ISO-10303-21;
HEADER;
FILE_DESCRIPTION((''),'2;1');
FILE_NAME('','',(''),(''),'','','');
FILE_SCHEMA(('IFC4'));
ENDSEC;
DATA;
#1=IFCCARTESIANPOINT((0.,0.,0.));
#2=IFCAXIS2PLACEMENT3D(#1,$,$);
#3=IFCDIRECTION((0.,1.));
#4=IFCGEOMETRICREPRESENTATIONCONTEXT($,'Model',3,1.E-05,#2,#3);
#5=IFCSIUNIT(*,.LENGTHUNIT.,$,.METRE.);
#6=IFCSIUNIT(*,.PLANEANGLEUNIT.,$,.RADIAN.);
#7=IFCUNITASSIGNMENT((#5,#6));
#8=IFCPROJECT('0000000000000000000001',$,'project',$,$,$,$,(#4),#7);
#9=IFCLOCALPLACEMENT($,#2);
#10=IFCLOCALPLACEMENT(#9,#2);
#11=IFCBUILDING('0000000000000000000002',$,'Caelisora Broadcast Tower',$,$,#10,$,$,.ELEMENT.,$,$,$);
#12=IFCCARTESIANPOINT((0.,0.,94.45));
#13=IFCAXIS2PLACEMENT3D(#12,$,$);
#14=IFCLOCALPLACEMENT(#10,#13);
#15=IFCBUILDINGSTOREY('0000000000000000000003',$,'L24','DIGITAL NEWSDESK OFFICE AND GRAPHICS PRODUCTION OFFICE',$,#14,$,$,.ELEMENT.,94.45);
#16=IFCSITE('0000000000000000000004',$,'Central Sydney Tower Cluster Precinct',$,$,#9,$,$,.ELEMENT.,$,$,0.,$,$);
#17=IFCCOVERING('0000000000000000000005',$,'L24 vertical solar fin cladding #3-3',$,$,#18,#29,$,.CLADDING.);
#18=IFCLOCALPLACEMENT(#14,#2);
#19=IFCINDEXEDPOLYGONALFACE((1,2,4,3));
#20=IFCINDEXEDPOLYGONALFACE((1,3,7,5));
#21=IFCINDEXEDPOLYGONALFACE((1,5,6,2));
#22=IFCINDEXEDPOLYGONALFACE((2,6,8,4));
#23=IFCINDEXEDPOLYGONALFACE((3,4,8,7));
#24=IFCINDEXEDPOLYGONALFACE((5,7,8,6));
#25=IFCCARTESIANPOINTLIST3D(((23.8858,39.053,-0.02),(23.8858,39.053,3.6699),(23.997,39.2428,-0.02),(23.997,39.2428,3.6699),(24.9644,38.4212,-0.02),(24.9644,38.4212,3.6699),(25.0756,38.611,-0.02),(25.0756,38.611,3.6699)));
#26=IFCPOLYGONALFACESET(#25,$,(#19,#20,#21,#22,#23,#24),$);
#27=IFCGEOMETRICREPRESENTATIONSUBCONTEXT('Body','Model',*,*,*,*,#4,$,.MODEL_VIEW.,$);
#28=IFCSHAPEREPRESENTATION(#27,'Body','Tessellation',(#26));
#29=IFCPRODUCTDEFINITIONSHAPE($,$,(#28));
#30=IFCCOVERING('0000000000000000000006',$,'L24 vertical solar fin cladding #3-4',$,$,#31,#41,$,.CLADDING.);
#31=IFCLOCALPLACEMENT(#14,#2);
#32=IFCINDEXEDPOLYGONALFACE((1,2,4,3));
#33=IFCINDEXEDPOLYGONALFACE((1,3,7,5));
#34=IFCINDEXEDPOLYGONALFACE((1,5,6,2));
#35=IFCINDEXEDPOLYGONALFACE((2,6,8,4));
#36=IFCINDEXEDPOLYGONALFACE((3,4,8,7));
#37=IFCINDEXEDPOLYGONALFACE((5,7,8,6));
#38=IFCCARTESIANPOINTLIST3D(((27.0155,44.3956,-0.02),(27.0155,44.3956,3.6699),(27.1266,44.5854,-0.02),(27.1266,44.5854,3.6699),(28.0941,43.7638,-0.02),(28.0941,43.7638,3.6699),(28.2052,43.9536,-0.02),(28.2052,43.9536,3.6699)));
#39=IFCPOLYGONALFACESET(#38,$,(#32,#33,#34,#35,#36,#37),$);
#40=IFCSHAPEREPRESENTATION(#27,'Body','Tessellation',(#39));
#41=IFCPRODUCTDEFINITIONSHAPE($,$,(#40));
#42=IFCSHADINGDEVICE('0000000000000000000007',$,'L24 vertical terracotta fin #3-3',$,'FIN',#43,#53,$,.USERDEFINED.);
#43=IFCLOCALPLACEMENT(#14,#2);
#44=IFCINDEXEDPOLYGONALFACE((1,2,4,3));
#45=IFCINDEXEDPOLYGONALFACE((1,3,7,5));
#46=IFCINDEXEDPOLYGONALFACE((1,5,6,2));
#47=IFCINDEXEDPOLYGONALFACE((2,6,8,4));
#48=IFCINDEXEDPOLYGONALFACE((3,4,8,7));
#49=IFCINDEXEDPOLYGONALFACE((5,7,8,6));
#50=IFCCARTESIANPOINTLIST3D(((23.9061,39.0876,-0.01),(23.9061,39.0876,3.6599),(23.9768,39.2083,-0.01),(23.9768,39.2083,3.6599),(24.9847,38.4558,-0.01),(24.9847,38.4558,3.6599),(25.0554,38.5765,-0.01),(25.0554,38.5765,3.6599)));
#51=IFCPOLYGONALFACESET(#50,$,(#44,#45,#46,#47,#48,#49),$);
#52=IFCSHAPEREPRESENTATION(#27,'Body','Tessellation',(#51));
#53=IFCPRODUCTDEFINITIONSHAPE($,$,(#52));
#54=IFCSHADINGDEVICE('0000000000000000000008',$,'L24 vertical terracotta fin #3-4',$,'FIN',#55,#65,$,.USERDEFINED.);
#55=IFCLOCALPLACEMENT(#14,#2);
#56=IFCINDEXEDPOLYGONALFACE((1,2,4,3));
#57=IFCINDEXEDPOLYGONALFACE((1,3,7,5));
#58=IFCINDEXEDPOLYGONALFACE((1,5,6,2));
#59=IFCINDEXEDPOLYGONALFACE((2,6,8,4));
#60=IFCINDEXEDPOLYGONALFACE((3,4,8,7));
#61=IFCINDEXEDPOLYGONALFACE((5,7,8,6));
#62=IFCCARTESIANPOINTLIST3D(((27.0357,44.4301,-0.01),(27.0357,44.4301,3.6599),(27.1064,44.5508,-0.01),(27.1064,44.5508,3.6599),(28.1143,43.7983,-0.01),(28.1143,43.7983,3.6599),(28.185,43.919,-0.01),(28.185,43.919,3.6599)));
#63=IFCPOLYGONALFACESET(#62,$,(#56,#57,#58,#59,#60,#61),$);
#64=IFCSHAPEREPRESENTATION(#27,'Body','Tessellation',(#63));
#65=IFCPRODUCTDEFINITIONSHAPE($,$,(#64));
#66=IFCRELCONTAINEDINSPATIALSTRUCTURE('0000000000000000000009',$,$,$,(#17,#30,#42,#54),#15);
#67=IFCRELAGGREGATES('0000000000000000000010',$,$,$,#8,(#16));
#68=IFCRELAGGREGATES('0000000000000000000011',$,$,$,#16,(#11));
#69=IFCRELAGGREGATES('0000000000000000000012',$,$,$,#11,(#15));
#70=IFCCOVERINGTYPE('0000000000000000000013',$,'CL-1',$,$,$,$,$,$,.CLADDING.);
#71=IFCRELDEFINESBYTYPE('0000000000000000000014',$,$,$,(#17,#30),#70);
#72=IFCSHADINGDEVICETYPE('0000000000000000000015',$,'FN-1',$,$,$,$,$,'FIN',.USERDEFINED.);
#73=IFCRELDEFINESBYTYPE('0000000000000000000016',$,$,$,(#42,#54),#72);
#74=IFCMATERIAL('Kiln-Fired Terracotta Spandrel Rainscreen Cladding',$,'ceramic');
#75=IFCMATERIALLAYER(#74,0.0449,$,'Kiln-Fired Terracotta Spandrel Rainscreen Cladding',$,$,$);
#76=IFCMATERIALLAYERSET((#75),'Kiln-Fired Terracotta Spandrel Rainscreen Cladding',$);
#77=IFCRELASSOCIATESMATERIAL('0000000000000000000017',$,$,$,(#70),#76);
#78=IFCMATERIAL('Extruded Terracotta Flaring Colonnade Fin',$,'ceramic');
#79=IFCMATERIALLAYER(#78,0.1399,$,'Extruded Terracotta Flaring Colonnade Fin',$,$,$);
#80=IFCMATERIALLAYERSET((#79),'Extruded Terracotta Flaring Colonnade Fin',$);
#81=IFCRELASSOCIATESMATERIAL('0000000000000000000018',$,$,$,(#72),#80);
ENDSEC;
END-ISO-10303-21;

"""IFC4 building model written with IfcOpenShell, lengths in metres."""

from ifc_helpers import new_model, si_unit, direction, frame, origin, origin_2d, place, context, subcontext, project, spatial, rectangle, extrude, source, transform, mapped, material, layer, layer_set, type_object, type_shapes, element, save


model = new_model("IFC4")

# Units and contexts
model_context = context("Model", 3, precision=1e-05, world=origin(), true_north=direction((0.0, 1.0)))
body_context = subcontext(model_context, "Body", "Model", "MODEL_VIEW")
ifc_project = project(units=[si_unit("LENGTHUNIT", "METRE"), si_unit("PLANEANGLEUNIT", "RADIAN")], contexts=[model_context])

# Site, building, storey
site_placement = place(None, origin())
site = spatial("IfcSite", under=ifc_project, at=site_placement, Name="Central Sydney Tower Cluster Precinct", CompositionType="ELEMENT", RefElevation=0.0)
building_placement = place(site_placement, origin())
building = spatial("IfcBuilding", under=site, at=building_placement, Name="Caelisora Broadcast Tower", CompositionType="ELEMENT")
storey_placement = place(building_placement, frame((0.0, 0.0, 94.45)))
storey = spatial("IfcBuildingStorey", under=building, at=storey_placement, Name="L24", Description="DIGITAL NEWSDESK OFFICE AND GRAPHICS PRODUCTION OFFICE", CompositionType="ELEMENT", Elevation=94.45)

# Coverings
ifc_material_1 = material(Name="Kiln-Fired Terracotta Spandrel Rainscreen Cladding", Category="ceramic")
ifc_layer_1 = layer(ifc_material_1, 0.0449, Name="Kiln-Fired Terracotta Spandrel Rainscreen Cladding")
ifc_layer_set_1 = layer_set([ifc_layer_1], Name="Kiln-Fired Terracotta Spandrel Rainscreen Cladding")
covering_type = type_object("IfcCoveringType", Name="CL-1", PredefinedType="CLADDING", material=ifc_layer_set_1)
shared_shape_1 = source(origin(), body_context, "Body", "SweptSolid", [
    extrude(rectangle(XDim=0.22, YDim=1.25, at=origin_2d()), origin(), (0.0, 0.0, 1.0), 3.6899),
])
type_shapes(covering_type, [shared_shape_1])
for number, where, z_axis, x_axis, name in (
    (1, (24.4807, 38.832, -0.02), (0.0, 0.0, 1.0), (0.505431, 0.862867, 0.0), "L24 vertical solar fin cladding #3-3"),
    (2, (27.6104, 44.1746, -0.02), (0.0, 0.0, 1.0), (0.505431, 0.862867, 0.0), "L24 vertical solar fin cladding #3-4"),
):
    element("IfcCovering", number, at=place(storey_placement, frame(where, z_axis=z_axis, x_axis=x_axis)), inside=storey, type_object=covering_type, Name=name, PredefinedType="CLADDING", context=body_context, shape_type="MappedRepresentation", body=[
        mapped(shared_shape_1, transform((0.0, 0.0, 0.0), scale=1.0)),
    ])

# Shading devices
ifc_material_2 = material(Name="Extruded Terracotta Flaring Colonnade Fin", Category="ceramic")
ifc_layer_2 = layer(ifc_material_2, 0.1399, Name="Extruded Terracotta Flaring Colonnade Fin")
ifc_layer_set_2 = layer_set([ifc_layer_2], Name="Extruded Terracotta Flaring Colonnade Fin")
shading_device_type = type_object("IfcShadingDeviceType", Name="FN-1", ElementType="FIN", PredefinedType="USERDEFINED", material=ifc_layer_set_2)
shared_shape_2 = source(origin(), body_context, "Body", "SweptSolid", [
    extrude(rectangle(XDim=0.1399, YDim=1.25, at=origin_2d()), origin(), (0.0, 0.0, 1.0), 3.6699),
])
type_shapes(shading_device_type, [shared_shape_2])
for number, where, z_axis, x_axis, name in (
    (3, (24.4807, 38.832, -0.01), (0.0, 0.0, 1.0), (0.505431, 0.862867, 0.0), "L24 vertical terracotta fin #3-3"),
    (4, (27.6104, 44.1746, -0.01), (0.0, 0.0, 1.0), (0.505431, 0.862867, 0.0), "L24 vertical terracotta fin #3-4"),
):
    element("IfcShadingDevice", number, at=place(storey_placement, frame(where, z_axis=z_axis, x_axis=x_axis)), inside=storey, type_object=shading_device_type, Name=name, ObjectType="FIN", PredefinedType="USERDEFINED", context=body_context, shape_type="MappedRepresentation", body=[
        mapped(shared_shape_2, transform((0.0, 0.0, 0.0), scale=1.0)),
    ])

save(model, "model.ifc")
